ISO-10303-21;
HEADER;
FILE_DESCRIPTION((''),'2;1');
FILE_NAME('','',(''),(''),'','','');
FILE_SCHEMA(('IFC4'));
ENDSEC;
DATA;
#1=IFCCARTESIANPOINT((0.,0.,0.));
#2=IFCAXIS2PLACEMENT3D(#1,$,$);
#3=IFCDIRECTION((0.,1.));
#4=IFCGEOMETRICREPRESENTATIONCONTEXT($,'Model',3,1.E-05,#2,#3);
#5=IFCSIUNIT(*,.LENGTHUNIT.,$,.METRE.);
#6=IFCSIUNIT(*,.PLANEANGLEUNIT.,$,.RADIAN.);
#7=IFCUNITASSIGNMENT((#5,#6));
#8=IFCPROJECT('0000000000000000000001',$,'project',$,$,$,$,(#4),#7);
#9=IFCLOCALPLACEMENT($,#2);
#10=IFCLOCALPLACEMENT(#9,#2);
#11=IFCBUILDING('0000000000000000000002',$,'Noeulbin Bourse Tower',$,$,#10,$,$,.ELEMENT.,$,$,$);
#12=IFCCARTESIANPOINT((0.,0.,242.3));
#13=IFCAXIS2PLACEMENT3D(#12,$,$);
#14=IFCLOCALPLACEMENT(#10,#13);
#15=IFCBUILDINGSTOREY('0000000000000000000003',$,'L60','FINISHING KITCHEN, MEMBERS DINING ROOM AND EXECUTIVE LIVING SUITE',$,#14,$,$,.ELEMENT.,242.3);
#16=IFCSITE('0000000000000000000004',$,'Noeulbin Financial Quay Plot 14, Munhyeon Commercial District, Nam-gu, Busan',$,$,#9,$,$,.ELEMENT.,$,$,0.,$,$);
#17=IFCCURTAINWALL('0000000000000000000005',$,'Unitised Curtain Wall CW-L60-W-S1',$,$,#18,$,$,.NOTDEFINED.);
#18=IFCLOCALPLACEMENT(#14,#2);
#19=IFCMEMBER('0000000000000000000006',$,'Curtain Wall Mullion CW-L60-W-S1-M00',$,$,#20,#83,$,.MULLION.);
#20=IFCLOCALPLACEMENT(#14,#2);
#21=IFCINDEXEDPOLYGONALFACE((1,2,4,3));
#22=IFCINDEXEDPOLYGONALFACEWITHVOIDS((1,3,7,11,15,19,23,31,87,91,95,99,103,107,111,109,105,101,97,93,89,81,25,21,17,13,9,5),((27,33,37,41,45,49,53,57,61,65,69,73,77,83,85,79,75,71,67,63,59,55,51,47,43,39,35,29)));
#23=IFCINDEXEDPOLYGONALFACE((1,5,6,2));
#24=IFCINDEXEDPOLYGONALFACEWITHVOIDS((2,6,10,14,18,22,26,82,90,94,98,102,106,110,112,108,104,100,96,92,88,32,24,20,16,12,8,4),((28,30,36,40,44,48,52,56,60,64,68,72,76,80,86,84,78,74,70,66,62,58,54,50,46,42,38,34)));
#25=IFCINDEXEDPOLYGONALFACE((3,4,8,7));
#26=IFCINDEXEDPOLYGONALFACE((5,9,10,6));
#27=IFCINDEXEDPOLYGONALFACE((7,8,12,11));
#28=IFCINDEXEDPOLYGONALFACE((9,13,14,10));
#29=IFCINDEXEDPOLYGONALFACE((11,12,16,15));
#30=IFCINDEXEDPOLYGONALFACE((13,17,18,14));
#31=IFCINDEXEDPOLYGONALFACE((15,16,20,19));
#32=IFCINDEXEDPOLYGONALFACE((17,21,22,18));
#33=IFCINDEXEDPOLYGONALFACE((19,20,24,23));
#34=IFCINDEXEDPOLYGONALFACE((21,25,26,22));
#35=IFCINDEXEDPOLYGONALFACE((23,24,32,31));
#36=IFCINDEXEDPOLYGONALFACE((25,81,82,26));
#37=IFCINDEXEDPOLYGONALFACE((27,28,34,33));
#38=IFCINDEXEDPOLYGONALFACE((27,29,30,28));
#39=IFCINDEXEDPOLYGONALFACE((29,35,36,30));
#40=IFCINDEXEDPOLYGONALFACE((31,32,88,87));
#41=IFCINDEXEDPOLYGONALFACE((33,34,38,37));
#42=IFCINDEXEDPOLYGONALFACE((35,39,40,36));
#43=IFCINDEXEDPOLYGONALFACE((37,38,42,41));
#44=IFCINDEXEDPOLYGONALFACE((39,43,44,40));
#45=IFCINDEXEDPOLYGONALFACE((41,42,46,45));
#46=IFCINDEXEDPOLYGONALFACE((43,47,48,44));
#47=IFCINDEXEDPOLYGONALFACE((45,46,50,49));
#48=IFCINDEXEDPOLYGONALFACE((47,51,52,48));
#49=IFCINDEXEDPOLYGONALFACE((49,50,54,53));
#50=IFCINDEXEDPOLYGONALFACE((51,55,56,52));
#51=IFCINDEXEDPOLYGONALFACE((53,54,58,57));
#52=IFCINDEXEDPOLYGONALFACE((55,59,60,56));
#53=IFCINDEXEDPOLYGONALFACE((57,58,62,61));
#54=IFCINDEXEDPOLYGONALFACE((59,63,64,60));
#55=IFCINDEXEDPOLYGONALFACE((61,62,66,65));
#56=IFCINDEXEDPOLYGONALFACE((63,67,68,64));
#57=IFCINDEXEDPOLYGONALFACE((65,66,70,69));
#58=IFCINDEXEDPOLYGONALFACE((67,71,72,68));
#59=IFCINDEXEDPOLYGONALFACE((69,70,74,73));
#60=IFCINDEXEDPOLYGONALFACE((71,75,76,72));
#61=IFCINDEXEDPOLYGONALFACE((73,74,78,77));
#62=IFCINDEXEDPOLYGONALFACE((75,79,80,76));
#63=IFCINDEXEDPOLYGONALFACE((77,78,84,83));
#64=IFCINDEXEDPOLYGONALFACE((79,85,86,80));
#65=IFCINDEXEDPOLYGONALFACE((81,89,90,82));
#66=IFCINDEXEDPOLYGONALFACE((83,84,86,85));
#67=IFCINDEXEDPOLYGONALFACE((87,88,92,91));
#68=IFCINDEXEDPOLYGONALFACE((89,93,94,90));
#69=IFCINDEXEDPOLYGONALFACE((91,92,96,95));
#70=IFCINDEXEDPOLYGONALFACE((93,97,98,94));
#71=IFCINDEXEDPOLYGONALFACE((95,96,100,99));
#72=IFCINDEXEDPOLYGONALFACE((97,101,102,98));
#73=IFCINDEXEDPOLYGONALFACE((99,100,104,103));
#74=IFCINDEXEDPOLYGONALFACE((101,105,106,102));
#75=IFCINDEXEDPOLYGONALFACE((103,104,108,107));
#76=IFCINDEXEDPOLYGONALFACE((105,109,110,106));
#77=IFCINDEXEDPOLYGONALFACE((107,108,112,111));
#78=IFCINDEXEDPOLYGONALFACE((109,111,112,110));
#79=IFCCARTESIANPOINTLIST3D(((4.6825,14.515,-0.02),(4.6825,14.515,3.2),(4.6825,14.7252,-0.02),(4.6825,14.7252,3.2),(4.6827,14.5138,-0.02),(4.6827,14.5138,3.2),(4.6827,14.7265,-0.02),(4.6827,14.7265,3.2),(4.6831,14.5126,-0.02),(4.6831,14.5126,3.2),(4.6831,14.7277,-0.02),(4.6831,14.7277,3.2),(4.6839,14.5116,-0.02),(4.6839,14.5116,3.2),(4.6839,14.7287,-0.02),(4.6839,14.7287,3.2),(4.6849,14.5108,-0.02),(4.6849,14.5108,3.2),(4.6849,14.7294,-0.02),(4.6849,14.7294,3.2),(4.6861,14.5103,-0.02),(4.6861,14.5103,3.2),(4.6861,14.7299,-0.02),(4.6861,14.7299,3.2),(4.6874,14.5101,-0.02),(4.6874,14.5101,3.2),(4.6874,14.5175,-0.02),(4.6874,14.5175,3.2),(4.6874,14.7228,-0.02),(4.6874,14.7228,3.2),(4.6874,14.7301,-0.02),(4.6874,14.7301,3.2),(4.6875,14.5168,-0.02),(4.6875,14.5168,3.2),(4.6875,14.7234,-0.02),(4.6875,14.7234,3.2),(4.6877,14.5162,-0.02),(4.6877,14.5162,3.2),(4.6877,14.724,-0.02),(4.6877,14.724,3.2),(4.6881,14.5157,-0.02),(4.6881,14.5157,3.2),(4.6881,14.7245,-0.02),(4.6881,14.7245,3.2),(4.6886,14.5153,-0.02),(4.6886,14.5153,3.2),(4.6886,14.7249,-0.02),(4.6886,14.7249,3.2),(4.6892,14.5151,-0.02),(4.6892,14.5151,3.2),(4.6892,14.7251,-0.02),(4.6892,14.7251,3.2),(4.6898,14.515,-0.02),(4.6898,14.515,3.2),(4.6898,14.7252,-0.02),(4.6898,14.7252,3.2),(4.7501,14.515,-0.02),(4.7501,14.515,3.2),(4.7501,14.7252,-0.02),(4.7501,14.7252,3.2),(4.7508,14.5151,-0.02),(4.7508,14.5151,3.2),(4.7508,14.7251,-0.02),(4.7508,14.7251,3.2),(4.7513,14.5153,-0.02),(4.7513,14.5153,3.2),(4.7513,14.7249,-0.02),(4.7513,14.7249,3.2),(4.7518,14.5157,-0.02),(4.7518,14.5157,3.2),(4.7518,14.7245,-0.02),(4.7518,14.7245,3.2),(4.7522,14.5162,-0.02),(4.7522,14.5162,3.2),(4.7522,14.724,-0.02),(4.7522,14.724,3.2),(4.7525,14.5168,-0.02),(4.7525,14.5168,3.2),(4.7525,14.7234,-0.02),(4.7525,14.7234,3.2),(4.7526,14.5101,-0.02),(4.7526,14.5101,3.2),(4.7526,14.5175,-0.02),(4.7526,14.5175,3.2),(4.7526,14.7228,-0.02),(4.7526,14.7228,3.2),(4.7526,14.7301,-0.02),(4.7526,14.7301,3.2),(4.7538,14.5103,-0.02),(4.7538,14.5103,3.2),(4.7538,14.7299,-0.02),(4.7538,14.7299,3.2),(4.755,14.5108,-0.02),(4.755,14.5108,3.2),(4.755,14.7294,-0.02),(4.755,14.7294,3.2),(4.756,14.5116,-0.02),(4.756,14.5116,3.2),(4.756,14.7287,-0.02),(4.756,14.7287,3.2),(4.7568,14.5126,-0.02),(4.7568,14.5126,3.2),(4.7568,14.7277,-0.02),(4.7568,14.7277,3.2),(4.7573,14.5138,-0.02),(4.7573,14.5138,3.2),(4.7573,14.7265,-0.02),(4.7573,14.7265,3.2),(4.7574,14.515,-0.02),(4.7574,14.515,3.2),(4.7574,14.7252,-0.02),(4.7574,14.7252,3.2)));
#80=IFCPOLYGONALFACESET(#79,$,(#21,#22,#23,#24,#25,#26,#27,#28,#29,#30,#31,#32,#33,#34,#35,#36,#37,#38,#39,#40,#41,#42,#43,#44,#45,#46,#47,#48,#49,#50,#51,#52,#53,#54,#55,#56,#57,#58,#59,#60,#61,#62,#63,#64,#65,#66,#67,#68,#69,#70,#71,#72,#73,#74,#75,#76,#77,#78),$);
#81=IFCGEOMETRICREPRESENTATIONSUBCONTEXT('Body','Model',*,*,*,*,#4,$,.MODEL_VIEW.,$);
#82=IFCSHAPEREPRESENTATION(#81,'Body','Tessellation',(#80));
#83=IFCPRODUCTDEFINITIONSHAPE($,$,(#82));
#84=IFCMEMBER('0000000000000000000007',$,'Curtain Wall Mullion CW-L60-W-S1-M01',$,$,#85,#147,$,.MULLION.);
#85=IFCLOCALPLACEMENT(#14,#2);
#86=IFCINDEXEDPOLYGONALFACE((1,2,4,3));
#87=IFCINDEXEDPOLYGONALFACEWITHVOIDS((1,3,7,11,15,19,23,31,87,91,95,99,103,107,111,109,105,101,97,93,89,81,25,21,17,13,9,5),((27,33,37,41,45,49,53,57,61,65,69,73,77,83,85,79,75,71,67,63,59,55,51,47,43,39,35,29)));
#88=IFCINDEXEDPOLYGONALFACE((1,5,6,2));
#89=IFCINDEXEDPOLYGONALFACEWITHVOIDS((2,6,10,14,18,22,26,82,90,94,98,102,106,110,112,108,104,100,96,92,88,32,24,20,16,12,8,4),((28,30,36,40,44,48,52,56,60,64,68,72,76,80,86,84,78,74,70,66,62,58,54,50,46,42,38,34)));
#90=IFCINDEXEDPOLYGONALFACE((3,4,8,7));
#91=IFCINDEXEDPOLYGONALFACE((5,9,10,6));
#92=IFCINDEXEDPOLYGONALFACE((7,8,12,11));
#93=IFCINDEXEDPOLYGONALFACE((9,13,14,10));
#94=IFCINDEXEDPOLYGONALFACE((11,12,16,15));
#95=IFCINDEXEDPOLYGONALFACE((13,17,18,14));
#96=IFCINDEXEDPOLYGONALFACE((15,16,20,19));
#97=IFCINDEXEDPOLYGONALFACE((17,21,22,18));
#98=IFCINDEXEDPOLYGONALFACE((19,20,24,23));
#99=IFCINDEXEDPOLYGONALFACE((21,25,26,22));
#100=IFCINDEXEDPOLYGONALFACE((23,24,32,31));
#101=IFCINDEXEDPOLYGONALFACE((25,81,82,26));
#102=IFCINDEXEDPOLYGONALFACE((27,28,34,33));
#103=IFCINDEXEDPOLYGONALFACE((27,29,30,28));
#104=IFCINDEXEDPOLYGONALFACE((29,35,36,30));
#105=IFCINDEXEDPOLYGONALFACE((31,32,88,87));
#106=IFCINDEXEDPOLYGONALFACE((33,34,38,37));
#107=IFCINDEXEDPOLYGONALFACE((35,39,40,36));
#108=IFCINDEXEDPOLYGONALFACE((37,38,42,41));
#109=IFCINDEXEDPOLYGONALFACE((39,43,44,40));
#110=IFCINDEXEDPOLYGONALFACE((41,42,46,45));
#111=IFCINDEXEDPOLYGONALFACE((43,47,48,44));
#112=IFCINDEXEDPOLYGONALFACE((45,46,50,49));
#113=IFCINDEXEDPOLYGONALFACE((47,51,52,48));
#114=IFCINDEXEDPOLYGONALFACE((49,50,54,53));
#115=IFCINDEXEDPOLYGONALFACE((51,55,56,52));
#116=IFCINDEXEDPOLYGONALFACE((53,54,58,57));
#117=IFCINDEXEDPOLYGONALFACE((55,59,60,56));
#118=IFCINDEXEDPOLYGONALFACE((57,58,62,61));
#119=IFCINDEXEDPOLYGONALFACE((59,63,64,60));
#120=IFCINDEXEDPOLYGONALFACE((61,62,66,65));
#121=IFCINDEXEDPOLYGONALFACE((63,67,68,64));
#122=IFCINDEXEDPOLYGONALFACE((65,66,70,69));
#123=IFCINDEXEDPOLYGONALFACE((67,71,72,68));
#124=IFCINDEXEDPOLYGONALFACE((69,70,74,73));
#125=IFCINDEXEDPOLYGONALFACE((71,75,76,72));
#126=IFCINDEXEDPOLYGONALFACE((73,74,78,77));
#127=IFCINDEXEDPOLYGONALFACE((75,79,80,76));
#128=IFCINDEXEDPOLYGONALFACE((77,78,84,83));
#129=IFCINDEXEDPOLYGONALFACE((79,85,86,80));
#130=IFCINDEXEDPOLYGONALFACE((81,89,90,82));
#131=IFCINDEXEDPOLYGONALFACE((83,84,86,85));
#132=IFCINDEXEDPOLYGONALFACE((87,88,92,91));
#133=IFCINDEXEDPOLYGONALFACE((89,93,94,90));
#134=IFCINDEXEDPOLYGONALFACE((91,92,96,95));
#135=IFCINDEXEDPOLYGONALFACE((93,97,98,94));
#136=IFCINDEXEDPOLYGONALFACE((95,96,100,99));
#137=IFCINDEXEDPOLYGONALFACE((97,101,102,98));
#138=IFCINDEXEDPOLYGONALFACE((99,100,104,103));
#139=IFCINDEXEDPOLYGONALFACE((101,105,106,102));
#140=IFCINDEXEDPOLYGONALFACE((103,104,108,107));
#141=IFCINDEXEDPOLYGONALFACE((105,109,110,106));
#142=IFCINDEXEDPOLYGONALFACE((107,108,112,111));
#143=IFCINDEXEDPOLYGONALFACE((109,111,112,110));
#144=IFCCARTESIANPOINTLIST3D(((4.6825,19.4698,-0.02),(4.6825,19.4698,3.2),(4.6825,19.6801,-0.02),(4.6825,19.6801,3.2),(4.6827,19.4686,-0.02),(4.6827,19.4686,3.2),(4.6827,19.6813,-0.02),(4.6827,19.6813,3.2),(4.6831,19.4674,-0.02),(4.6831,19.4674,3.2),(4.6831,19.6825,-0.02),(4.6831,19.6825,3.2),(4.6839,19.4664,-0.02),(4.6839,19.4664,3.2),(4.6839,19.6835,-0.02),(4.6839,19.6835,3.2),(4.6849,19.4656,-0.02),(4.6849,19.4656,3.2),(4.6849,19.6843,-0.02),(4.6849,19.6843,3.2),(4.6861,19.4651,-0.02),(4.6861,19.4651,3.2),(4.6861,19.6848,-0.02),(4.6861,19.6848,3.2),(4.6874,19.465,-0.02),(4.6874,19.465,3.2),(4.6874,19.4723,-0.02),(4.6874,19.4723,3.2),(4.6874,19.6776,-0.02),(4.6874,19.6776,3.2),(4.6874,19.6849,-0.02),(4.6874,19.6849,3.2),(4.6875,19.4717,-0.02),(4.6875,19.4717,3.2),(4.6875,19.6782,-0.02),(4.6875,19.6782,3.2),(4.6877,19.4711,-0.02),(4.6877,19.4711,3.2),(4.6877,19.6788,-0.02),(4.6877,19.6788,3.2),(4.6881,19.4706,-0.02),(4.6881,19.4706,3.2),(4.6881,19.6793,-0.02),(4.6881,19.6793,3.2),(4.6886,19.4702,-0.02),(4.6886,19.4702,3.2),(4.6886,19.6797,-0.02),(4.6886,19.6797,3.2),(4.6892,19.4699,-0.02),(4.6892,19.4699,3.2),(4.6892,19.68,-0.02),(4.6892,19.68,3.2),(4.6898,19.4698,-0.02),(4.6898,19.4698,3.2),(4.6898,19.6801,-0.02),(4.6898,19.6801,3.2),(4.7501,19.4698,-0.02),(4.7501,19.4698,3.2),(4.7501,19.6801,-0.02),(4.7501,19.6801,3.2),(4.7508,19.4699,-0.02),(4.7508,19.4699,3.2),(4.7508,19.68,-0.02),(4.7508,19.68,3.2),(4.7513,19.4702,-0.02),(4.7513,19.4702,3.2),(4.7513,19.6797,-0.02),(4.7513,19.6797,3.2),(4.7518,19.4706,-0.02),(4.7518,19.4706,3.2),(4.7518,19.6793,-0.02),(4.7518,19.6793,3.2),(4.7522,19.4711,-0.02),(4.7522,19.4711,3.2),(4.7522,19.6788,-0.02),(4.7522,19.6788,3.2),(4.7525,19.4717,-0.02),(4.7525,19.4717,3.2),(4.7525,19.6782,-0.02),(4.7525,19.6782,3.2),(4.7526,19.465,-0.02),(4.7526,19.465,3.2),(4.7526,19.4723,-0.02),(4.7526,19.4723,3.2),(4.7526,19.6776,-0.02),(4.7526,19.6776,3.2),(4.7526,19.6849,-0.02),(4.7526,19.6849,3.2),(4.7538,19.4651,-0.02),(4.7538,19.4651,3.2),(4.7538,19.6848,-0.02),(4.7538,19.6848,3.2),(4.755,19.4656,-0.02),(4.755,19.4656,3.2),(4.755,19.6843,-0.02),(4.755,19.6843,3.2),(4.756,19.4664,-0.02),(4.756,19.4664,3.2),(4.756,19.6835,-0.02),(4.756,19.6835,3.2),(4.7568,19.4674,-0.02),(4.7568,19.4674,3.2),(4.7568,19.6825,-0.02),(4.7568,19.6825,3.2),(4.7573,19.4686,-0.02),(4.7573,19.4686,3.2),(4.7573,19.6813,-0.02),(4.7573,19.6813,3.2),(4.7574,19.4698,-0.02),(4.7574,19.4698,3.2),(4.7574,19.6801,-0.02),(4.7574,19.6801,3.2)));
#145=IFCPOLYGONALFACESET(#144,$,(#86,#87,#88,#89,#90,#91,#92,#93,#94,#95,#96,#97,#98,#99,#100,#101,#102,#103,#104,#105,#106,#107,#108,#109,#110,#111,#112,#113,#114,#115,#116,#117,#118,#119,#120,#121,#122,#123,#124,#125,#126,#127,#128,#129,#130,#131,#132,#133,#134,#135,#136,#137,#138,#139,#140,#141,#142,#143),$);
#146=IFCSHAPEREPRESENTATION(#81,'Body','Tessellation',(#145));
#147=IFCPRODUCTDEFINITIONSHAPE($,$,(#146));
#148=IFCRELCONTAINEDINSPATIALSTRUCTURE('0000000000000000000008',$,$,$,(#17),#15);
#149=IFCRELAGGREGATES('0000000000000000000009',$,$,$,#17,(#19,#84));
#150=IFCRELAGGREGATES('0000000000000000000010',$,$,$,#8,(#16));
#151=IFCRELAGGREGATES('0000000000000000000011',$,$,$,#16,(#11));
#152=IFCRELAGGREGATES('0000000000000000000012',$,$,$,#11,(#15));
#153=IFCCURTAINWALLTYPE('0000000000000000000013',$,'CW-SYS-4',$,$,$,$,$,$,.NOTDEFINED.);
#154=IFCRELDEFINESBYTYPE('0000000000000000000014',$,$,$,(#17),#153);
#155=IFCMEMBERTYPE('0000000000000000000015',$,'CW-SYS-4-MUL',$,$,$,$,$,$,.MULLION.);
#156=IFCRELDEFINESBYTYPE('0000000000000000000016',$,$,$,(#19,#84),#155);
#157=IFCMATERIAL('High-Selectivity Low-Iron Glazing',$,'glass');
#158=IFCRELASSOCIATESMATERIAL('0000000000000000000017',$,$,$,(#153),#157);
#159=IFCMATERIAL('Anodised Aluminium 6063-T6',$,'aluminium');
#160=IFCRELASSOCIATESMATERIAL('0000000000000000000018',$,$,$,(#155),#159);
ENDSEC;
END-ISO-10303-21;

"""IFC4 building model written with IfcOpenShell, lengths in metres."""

from ifc_helpers import new_model, si_unit, direction, frame, origin, origin_2d, place, context, subcontext, project, spatial, hollow_rectangle, extrude, material, material_profile, profile_set, type_object, element, aggregate, save


model = new_model("IFC4")

# Units and contexts
model_context = context("Model", 3, precision=1e-05, world=origin(), true_north=direction((0.0, 1.0)))
body_context = subcontext(model_context, "Body", "Model", "MODEL_VIEW")
ifc_project = project(units=[si_unit("LENGTHUNIT", "METRE"), si_unit("PLANEANGLEUNIT", "RADIAN")], contexts=[model_context])

# Site, building, storey
site_placement = place(None, origin())
site = spatial("IfcSite", under=ifc_project, at=site_placement, Name="Noeulbin Financial Quay Plot 14, Munhyeon Commercial District, Nam-gu, Busan", CompositionType="ELEMENT", RefElevation=0.0)
building_placement = place(site_placement, origin())
building = spatial("IfcBuilding", under=site, at=building_placement, Name="Noeulbin Bourse Tower", CompositionType="ELEMENT")
storey_placement = place(building_placement, frame((0.0, 0.0, 242.3)))
storey = spatial("IfcBuildingStorey", under=building, at=storey_placement, Name="L60", Description="FINISHING KITCHEN, MEMBERS DINING ROOM AND EXECUTIVE LIVING SUITE", CompositionType="ELEMENT", Elevation=242.3)

# Curtain wall, members
ifc_material_1 = material(Name="High-Selectivity Low-Iron Glazing", Category="glass")
curtain_wall_type = type_object("IfcCurtainWallType", Name="CW-SYS-4", PredefinedType="NOTDEFINED", material=ifc_material_1)
curtain_wall_1_placement = place(storey_placement, origin())
curtain_wall_1 = element("IfcCurtainWall", 1, at=curtain_wall_1_placement, inside=storey, type_object=curtain_wall_type, Name="Unitised Curtain Wall CW-L60-W-S1", PredefinedType="NOTDEFINED")
ifc_material_2 = material(Name="Anodised Aluminium 6063-T6", Category="aluminium")
ifc_material_profile_1 = material_profile(ifc_material_2, hollow_rectangle(XDim=0.075, YDim=0.22, WallThickness=0.0049, InnerFilletRadius=0.0024, OuterFilletRadius=0.0049, at=origin_2d()), Name="ALU-MULL-75x220x5", Category="LoadBearing")
ifc_profile_set_1 = profile_set([ifc_material_profile_1], Name="Anodised Aluminium 6063-T6")
member_type_1 = type_object("IfcMemberType", Name="CW-SYS-4-MUL", PredefinedType="MULLION", material=ifc_profile_set_1)
member_1_placement = place(storey_placement, frame((4.72, 14.6201, -0.02), z_axis=(0.0, 0.0, 1.0), x_axis=(1.0, 0.0, 0.0)))
member_1 = element("IfcMember", 2, at=member_1_placement, type_object=member_type_1, Name="Curtain Wall Mullion CW-L60-W-S1-M00", PredefinedType="MULLION", context=body_context, shape_type="SweptSolid", body=[
    extrude(hollow_rectangle(XDim=0.075, YDim=0.22, WallThickness=0.0049, InnerFilletRadius=0.0024, OuterFilletRadius=0.0049, at=origin_2d()), origin(), (0.0, 0.0, 1.0), 3.22),
])
member_2_placement = place(storey_placement, frame((4.72, 19.575, -0.02), z_axis=(0.0, 0.0, 1.0), x_axis=(1.0, 0.0, 0.0)))
member_2 = element("IfcMember", 3, at=member_2_placement, type_object=member_type_1, Name="Curtain Wall Mullion CW-L60-W-S1-M01", PredefinedType="MULLION", context=body_context, shape_type="SweptSolid", body=[
    extrude(hollow_rectangle(XDim=0.075, YDim=0.22, WallThickness=0.0049, InnerFilletRadius=0.0024, OuterFilletRadius=0.0049, at=origin_2d()), origin(), (0.0, 0.0, 1.0), 3.22),
])

aggregate(curtain_wall_1, [member_1, member_2])

save(model, "model.ifc")
